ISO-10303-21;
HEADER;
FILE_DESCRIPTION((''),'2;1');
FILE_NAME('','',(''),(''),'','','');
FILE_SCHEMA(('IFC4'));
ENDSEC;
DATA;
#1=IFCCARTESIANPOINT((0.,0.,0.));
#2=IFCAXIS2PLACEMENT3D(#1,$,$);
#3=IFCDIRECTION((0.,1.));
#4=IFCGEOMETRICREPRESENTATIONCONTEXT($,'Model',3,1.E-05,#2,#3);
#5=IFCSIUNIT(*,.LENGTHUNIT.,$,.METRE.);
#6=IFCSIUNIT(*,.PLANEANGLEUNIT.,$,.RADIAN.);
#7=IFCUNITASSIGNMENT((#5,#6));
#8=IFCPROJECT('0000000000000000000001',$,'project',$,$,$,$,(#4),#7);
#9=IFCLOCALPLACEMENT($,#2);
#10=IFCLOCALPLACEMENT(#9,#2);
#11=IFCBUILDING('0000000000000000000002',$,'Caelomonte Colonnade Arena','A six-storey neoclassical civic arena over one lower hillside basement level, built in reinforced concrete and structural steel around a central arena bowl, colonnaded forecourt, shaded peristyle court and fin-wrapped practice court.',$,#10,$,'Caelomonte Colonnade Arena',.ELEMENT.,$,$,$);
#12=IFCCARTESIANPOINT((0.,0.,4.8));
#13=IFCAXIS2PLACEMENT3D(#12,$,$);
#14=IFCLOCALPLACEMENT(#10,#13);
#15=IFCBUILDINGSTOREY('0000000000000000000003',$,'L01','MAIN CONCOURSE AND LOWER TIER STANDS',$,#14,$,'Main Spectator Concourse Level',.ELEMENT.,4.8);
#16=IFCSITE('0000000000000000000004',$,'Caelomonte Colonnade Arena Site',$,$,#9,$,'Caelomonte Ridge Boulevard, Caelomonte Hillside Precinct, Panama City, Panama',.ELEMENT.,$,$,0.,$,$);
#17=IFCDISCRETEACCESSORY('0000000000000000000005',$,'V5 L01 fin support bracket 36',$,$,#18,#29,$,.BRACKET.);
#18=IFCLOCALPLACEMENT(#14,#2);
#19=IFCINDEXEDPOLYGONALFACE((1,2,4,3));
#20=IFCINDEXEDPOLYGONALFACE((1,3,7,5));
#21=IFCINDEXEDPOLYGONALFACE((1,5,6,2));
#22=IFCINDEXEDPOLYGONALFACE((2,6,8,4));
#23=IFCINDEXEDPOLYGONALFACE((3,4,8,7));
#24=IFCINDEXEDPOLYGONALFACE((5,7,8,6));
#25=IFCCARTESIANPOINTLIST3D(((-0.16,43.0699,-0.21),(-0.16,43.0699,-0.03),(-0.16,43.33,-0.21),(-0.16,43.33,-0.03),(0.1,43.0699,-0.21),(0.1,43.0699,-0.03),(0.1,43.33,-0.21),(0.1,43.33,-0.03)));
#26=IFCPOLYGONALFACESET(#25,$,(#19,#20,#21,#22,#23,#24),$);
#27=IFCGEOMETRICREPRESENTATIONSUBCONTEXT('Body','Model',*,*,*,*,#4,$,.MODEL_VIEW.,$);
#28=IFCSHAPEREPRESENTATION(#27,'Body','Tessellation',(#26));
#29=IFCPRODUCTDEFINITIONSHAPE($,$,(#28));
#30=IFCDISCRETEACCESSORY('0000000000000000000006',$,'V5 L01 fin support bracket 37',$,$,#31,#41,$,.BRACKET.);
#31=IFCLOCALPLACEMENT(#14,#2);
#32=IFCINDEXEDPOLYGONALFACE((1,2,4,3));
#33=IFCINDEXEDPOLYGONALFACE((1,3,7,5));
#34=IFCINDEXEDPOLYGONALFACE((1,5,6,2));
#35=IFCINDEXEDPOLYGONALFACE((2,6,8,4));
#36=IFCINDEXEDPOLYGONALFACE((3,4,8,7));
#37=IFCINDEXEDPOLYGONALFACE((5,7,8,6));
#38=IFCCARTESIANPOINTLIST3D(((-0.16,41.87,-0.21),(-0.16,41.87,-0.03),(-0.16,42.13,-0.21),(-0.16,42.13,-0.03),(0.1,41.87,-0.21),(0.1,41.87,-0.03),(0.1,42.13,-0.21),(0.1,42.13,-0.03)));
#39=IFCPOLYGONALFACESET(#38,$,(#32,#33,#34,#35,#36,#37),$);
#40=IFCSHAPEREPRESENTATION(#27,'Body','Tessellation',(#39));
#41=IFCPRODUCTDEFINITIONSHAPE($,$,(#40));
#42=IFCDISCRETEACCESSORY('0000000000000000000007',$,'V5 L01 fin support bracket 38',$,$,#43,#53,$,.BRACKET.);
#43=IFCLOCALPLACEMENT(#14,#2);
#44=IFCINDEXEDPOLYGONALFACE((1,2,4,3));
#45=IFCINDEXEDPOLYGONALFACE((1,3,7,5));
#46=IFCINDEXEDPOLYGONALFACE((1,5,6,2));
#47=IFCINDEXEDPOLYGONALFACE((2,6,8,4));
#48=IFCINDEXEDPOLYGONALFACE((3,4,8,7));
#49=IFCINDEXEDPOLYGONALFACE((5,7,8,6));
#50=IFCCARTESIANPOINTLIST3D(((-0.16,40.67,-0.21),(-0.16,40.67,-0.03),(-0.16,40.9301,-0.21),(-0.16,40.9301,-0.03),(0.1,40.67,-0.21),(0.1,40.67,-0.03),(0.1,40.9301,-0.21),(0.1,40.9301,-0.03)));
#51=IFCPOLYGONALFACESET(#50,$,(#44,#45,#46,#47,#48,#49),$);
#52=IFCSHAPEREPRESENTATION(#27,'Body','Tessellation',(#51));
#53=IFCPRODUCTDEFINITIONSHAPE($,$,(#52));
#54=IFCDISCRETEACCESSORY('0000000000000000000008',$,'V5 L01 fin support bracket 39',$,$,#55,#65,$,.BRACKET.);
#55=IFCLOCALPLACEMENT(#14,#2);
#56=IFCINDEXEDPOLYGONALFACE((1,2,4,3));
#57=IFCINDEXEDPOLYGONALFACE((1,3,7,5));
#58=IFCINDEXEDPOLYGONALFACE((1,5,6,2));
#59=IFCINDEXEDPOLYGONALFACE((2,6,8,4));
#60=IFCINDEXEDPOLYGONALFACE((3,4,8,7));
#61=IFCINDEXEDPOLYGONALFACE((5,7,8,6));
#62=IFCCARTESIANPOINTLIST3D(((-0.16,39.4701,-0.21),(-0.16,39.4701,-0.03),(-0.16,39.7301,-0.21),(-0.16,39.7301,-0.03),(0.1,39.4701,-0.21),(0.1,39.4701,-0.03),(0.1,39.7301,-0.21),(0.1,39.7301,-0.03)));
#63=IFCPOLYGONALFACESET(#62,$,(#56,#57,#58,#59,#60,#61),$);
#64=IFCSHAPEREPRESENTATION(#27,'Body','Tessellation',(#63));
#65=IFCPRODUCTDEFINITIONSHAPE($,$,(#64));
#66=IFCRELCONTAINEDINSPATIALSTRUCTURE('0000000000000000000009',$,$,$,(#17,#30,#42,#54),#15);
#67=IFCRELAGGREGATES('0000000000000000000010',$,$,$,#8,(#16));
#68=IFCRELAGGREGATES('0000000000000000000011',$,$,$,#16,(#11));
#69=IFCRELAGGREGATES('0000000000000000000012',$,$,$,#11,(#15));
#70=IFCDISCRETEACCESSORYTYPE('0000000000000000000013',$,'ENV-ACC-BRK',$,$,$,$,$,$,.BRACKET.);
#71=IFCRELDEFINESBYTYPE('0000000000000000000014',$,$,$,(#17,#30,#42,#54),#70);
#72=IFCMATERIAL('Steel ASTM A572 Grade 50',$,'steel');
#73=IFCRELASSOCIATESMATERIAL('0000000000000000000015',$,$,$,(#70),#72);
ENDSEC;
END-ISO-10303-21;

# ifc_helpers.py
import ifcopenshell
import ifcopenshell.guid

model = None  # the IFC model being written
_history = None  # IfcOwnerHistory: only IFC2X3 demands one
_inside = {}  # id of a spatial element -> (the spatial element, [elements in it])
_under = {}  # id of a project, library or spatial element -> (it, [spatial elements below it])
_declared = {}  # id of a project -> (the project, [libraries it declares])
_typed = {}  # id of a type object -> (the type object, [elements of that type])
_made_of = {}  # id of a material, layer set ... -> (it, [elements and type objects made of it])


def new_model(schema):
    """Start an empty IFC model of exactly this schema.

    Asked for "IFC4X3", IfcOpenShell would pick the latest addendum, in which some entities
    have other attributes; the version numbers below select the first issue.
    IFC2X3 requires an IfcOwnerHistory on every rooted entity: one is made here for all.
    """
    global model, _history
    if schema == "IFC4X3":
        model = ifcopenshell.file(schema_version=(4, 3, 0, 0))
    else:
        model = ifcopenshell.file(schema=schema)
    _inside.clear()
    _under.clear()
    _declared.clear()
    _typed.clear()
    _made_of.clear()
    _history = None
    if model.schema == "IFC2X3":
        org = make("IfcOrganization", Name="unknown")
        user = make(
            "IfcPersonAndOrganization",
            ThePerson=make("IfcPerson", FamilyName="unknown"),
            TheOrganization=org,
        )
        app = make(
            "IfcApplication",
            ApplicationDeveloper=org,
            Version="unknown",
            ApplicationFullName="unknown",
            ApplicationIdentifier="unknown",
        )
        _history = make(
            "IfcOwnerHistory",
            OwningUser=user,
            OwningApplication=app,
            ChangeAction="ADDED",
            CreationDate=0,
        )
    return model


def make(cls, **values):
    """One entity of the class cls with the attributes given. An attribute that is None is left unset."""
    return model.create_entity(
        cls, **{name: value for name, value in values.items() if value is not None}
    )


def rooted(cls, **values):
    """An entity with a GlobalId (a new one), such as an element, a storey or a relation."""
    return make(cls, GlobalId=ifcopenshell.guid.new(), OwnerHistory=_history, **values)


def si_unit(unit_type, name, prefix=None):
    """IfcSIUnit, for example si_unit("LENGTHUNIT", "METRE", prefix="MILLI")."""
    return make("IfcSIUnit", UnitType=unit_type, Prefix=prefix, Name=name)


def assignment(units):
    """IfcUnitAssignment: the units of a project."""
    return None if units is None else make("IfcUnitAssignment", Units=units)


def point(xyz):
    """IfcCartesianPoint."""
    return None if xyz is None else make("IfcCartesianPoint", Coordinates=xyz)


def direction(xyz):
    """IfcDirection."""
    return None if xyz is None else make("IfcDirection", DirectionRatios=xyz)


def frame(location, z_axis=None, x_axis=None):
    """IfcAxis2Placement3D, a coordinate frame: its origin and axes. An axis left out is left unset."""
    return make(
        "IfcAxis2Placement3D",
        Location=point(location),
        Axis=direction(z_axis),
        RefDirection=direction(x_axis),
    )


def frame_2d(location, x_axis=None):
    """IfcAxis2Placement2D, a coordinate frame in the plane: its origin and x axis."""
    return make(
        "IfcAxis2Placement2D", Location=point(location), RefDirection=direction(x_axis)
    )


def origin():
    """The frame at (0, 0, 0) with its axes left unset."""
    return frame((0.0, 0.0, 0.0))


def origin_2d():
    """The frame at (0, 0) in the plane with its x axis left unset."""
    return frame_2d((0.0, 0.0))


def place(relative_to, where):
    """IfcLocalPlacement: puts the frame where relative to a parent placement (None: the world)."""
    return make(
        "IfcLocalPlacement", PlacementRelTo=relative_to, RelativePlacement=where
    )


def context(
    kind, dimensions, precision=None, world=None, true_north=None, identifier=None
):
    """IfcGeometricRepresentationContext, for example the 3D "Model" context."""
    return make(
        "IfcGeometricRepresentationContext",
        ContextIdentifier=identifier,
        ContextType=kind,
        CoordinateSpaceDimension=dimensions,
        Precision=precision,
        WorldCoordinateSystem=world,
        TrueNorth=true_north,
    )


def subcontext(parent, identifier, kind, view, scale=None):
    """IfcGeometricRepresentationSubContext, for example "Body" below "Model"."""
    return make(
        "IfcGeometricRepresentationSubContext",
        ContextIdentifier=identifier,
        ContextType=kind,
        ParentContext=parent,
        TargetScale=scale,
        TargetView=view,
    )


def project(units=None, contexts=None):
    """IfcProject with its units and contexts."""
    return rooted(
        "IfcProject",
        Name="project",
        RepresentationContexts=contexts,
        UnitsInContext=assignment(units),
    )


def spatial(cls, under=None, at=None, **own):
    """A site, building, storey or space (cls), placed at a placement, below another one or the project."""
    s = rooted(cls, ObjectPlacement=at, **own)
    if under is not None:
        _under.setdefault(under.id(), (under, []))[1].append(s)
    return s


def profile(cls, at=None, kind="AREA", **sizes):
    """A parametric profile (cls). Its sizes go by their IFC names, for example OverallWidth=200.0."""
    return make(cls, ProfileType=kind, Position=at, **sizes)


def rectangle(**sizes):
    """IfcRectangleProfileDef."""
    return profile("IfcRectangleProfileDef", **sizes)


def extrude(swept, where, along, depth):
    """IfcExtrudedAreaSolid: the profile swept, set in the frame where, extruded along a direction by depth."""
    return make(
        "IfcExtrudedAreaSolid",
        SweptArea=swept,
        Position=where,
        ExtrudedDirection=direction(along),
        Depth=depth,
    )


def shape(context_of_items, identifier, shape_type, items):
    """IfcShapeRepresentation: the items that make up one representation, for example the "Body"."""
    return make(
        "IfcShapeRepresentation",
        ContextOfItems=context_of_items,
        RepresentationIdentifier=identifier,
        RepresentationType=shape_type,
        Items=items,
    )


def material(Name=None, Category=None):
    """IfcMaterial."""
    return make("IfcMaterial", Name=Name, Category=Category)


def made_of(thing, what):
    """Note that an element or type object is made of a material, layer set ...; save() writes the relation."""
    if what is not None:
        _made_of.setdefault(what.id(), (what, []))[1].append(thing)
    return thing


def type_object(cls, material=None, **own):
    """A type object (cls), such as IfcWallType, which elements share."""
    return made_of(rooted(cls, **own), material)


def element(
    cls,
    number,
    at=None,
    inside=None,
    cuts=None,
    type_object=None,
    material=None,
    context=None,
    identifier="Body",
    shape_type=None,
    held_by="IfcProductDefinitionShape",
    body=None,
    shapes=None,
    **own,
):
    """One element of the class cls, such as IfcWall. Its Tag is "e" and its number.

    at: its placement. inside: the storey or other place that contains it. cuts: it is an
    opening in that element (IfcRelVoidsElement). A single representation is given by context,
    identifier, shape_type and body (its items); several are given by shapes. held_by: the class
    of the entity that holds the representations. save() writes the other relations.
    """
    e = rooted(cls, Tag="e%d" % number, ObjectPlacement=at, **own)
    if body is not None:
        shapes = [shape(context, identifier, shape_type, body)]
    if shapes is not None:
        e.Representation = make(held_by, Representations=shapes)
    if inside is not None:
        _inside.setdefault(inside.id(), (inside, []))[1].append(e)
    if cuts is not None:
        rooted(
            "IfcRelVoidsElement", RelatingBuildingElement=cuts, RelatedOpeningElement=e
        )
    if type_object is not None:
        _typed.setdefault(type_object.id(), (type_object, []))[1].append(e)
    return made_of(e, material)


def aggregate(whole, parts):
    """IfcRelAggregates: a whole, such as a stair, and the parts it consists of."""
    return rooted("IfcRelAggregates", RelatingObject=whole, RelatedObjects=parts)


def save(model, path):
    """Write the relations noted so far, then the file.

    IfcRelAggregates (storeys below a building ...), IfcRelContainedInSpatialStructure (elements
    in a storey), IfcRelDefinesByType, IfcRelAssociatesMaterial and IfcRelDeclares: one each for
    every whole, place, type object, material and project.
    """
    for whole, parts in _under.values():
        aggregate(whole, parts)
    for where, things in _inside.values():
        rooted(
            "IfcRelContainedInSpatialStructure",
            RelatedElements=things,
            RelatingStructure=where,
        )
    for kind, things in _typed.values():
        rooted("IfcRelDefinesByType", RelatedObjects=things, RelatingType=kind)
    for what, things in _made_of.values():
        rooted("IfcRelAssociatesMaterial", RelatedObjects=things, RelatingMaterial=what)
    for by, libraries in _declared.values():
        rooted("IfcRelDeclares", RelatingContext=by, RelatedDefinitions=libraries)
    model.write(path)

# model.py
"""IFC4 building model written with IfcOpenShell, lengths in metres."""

from ifc_helpers import new_model, si_unit, direction, frame, origin, origin_2d, place, context, subcontext, project, spatial, rectangle, extrude, material, type_object, element, save


model = new_model("IFC4")

# Units and contexts
model_context = context("Model", 3, precision=1e-05, world=origin(), true_north=direction((0.0, 1.0)))
body_context = subcontext(model_context, "Body", "Model", "MODEL_VIEW")
ifc_project = project(units=[si_unit("LENGTHUNIT", "METRE"), si_unit("PLANEANGLEUNIT", "RADIAN")], contexts=[model_context])

# Site, building, storey
site_placement = place(None, origin())
site = spatial("IfcSite", under=ifc_project, at=site_placement, Name="Caelomonte Colonnade Arena Site", LongName="Caelomonte Ridge Boulevard, Caelomonte Hillside Precinct, Panama City, Panama", CompositionType="ELEMENT", RefElevation=0.0)
building_placement = place(site_placement, origin())
building = spatial("IfcBuilding", under=site, at=building_placement, Name="Caelomonte Colonnade Arena", Description="A six-storey neoclassical civic arena over one lower hillside basement level, built in reinforced concrete and structural steel around a central arena bowl, colonnaded forecourt, shaded peristyle court and fin-wrapped practice court.", LongName="Caelomonte Colonnade Arena", CompositionType="ELEMENT")
storey_placement = place(building_placement, frame((0.0, 0.0, 4.8)))
storey = spatial("IfcBuildingStorey", under=building, at=storey_placement, Name="L01", Description="MAIN CONCOURSE AND LOWER TIER STANDS", LongName="Main Spectator Concourse Level", CompositionType="ELEMENT", Elevation=4.8)

# Discrete accessories
ifc_material_1 = material(Name="Steel ASTM A572 Grade 50", Category="steel")
discrete_accessory_type = type_object("IfcDiscreteAccessoryType", Name="ENV-ACC-BRK", PredefinedType="BRACKET", material=ifc_material_1)
for number, where, z_axis, x_axis, name in (
    (1, (-0.03, 43.2, -0.21), (0.0, 0.0, 1.0), (0.0, -1.0, 0.0), "V5 L01 fin support bracket 36"),
    (2, (-0.03, 42.0, -0.21), (0.0, 0.0, 1.0), (0.0, -1.0, 0.0), "V5 L01 fin support bracket 37"),
    (3, (-0.03, 40.8, -0.21), (0.0, 0.0, 1.0), (0.0, -1.0, 0.0), "V5 L01 fin support bracket 38"),
    (4, (-0.03, 39.6001, -0.21), (0.0, 0.0, 1.0), (0.0, -1.0, 0.0), "V5 L01 fin support bracket 39"),
):
    element("IfcDiscreteAccessory", number, at=place(storey_placement, frame(where, z_axis=z_axis, x_axis=x_axis)), inside=storey, type_object=discrete_accessory_type, Name=name, PredefinedType="BRACKET", context=body_context, shape_type="SweptSolid", body=[
        extrude(rectangle(XDim=0.26, YDim=0.26, at=origin_2d()), origin(), (0.0, 0.0, 1.0), 0.1799),
    ])

save(model, "model.ifc")
